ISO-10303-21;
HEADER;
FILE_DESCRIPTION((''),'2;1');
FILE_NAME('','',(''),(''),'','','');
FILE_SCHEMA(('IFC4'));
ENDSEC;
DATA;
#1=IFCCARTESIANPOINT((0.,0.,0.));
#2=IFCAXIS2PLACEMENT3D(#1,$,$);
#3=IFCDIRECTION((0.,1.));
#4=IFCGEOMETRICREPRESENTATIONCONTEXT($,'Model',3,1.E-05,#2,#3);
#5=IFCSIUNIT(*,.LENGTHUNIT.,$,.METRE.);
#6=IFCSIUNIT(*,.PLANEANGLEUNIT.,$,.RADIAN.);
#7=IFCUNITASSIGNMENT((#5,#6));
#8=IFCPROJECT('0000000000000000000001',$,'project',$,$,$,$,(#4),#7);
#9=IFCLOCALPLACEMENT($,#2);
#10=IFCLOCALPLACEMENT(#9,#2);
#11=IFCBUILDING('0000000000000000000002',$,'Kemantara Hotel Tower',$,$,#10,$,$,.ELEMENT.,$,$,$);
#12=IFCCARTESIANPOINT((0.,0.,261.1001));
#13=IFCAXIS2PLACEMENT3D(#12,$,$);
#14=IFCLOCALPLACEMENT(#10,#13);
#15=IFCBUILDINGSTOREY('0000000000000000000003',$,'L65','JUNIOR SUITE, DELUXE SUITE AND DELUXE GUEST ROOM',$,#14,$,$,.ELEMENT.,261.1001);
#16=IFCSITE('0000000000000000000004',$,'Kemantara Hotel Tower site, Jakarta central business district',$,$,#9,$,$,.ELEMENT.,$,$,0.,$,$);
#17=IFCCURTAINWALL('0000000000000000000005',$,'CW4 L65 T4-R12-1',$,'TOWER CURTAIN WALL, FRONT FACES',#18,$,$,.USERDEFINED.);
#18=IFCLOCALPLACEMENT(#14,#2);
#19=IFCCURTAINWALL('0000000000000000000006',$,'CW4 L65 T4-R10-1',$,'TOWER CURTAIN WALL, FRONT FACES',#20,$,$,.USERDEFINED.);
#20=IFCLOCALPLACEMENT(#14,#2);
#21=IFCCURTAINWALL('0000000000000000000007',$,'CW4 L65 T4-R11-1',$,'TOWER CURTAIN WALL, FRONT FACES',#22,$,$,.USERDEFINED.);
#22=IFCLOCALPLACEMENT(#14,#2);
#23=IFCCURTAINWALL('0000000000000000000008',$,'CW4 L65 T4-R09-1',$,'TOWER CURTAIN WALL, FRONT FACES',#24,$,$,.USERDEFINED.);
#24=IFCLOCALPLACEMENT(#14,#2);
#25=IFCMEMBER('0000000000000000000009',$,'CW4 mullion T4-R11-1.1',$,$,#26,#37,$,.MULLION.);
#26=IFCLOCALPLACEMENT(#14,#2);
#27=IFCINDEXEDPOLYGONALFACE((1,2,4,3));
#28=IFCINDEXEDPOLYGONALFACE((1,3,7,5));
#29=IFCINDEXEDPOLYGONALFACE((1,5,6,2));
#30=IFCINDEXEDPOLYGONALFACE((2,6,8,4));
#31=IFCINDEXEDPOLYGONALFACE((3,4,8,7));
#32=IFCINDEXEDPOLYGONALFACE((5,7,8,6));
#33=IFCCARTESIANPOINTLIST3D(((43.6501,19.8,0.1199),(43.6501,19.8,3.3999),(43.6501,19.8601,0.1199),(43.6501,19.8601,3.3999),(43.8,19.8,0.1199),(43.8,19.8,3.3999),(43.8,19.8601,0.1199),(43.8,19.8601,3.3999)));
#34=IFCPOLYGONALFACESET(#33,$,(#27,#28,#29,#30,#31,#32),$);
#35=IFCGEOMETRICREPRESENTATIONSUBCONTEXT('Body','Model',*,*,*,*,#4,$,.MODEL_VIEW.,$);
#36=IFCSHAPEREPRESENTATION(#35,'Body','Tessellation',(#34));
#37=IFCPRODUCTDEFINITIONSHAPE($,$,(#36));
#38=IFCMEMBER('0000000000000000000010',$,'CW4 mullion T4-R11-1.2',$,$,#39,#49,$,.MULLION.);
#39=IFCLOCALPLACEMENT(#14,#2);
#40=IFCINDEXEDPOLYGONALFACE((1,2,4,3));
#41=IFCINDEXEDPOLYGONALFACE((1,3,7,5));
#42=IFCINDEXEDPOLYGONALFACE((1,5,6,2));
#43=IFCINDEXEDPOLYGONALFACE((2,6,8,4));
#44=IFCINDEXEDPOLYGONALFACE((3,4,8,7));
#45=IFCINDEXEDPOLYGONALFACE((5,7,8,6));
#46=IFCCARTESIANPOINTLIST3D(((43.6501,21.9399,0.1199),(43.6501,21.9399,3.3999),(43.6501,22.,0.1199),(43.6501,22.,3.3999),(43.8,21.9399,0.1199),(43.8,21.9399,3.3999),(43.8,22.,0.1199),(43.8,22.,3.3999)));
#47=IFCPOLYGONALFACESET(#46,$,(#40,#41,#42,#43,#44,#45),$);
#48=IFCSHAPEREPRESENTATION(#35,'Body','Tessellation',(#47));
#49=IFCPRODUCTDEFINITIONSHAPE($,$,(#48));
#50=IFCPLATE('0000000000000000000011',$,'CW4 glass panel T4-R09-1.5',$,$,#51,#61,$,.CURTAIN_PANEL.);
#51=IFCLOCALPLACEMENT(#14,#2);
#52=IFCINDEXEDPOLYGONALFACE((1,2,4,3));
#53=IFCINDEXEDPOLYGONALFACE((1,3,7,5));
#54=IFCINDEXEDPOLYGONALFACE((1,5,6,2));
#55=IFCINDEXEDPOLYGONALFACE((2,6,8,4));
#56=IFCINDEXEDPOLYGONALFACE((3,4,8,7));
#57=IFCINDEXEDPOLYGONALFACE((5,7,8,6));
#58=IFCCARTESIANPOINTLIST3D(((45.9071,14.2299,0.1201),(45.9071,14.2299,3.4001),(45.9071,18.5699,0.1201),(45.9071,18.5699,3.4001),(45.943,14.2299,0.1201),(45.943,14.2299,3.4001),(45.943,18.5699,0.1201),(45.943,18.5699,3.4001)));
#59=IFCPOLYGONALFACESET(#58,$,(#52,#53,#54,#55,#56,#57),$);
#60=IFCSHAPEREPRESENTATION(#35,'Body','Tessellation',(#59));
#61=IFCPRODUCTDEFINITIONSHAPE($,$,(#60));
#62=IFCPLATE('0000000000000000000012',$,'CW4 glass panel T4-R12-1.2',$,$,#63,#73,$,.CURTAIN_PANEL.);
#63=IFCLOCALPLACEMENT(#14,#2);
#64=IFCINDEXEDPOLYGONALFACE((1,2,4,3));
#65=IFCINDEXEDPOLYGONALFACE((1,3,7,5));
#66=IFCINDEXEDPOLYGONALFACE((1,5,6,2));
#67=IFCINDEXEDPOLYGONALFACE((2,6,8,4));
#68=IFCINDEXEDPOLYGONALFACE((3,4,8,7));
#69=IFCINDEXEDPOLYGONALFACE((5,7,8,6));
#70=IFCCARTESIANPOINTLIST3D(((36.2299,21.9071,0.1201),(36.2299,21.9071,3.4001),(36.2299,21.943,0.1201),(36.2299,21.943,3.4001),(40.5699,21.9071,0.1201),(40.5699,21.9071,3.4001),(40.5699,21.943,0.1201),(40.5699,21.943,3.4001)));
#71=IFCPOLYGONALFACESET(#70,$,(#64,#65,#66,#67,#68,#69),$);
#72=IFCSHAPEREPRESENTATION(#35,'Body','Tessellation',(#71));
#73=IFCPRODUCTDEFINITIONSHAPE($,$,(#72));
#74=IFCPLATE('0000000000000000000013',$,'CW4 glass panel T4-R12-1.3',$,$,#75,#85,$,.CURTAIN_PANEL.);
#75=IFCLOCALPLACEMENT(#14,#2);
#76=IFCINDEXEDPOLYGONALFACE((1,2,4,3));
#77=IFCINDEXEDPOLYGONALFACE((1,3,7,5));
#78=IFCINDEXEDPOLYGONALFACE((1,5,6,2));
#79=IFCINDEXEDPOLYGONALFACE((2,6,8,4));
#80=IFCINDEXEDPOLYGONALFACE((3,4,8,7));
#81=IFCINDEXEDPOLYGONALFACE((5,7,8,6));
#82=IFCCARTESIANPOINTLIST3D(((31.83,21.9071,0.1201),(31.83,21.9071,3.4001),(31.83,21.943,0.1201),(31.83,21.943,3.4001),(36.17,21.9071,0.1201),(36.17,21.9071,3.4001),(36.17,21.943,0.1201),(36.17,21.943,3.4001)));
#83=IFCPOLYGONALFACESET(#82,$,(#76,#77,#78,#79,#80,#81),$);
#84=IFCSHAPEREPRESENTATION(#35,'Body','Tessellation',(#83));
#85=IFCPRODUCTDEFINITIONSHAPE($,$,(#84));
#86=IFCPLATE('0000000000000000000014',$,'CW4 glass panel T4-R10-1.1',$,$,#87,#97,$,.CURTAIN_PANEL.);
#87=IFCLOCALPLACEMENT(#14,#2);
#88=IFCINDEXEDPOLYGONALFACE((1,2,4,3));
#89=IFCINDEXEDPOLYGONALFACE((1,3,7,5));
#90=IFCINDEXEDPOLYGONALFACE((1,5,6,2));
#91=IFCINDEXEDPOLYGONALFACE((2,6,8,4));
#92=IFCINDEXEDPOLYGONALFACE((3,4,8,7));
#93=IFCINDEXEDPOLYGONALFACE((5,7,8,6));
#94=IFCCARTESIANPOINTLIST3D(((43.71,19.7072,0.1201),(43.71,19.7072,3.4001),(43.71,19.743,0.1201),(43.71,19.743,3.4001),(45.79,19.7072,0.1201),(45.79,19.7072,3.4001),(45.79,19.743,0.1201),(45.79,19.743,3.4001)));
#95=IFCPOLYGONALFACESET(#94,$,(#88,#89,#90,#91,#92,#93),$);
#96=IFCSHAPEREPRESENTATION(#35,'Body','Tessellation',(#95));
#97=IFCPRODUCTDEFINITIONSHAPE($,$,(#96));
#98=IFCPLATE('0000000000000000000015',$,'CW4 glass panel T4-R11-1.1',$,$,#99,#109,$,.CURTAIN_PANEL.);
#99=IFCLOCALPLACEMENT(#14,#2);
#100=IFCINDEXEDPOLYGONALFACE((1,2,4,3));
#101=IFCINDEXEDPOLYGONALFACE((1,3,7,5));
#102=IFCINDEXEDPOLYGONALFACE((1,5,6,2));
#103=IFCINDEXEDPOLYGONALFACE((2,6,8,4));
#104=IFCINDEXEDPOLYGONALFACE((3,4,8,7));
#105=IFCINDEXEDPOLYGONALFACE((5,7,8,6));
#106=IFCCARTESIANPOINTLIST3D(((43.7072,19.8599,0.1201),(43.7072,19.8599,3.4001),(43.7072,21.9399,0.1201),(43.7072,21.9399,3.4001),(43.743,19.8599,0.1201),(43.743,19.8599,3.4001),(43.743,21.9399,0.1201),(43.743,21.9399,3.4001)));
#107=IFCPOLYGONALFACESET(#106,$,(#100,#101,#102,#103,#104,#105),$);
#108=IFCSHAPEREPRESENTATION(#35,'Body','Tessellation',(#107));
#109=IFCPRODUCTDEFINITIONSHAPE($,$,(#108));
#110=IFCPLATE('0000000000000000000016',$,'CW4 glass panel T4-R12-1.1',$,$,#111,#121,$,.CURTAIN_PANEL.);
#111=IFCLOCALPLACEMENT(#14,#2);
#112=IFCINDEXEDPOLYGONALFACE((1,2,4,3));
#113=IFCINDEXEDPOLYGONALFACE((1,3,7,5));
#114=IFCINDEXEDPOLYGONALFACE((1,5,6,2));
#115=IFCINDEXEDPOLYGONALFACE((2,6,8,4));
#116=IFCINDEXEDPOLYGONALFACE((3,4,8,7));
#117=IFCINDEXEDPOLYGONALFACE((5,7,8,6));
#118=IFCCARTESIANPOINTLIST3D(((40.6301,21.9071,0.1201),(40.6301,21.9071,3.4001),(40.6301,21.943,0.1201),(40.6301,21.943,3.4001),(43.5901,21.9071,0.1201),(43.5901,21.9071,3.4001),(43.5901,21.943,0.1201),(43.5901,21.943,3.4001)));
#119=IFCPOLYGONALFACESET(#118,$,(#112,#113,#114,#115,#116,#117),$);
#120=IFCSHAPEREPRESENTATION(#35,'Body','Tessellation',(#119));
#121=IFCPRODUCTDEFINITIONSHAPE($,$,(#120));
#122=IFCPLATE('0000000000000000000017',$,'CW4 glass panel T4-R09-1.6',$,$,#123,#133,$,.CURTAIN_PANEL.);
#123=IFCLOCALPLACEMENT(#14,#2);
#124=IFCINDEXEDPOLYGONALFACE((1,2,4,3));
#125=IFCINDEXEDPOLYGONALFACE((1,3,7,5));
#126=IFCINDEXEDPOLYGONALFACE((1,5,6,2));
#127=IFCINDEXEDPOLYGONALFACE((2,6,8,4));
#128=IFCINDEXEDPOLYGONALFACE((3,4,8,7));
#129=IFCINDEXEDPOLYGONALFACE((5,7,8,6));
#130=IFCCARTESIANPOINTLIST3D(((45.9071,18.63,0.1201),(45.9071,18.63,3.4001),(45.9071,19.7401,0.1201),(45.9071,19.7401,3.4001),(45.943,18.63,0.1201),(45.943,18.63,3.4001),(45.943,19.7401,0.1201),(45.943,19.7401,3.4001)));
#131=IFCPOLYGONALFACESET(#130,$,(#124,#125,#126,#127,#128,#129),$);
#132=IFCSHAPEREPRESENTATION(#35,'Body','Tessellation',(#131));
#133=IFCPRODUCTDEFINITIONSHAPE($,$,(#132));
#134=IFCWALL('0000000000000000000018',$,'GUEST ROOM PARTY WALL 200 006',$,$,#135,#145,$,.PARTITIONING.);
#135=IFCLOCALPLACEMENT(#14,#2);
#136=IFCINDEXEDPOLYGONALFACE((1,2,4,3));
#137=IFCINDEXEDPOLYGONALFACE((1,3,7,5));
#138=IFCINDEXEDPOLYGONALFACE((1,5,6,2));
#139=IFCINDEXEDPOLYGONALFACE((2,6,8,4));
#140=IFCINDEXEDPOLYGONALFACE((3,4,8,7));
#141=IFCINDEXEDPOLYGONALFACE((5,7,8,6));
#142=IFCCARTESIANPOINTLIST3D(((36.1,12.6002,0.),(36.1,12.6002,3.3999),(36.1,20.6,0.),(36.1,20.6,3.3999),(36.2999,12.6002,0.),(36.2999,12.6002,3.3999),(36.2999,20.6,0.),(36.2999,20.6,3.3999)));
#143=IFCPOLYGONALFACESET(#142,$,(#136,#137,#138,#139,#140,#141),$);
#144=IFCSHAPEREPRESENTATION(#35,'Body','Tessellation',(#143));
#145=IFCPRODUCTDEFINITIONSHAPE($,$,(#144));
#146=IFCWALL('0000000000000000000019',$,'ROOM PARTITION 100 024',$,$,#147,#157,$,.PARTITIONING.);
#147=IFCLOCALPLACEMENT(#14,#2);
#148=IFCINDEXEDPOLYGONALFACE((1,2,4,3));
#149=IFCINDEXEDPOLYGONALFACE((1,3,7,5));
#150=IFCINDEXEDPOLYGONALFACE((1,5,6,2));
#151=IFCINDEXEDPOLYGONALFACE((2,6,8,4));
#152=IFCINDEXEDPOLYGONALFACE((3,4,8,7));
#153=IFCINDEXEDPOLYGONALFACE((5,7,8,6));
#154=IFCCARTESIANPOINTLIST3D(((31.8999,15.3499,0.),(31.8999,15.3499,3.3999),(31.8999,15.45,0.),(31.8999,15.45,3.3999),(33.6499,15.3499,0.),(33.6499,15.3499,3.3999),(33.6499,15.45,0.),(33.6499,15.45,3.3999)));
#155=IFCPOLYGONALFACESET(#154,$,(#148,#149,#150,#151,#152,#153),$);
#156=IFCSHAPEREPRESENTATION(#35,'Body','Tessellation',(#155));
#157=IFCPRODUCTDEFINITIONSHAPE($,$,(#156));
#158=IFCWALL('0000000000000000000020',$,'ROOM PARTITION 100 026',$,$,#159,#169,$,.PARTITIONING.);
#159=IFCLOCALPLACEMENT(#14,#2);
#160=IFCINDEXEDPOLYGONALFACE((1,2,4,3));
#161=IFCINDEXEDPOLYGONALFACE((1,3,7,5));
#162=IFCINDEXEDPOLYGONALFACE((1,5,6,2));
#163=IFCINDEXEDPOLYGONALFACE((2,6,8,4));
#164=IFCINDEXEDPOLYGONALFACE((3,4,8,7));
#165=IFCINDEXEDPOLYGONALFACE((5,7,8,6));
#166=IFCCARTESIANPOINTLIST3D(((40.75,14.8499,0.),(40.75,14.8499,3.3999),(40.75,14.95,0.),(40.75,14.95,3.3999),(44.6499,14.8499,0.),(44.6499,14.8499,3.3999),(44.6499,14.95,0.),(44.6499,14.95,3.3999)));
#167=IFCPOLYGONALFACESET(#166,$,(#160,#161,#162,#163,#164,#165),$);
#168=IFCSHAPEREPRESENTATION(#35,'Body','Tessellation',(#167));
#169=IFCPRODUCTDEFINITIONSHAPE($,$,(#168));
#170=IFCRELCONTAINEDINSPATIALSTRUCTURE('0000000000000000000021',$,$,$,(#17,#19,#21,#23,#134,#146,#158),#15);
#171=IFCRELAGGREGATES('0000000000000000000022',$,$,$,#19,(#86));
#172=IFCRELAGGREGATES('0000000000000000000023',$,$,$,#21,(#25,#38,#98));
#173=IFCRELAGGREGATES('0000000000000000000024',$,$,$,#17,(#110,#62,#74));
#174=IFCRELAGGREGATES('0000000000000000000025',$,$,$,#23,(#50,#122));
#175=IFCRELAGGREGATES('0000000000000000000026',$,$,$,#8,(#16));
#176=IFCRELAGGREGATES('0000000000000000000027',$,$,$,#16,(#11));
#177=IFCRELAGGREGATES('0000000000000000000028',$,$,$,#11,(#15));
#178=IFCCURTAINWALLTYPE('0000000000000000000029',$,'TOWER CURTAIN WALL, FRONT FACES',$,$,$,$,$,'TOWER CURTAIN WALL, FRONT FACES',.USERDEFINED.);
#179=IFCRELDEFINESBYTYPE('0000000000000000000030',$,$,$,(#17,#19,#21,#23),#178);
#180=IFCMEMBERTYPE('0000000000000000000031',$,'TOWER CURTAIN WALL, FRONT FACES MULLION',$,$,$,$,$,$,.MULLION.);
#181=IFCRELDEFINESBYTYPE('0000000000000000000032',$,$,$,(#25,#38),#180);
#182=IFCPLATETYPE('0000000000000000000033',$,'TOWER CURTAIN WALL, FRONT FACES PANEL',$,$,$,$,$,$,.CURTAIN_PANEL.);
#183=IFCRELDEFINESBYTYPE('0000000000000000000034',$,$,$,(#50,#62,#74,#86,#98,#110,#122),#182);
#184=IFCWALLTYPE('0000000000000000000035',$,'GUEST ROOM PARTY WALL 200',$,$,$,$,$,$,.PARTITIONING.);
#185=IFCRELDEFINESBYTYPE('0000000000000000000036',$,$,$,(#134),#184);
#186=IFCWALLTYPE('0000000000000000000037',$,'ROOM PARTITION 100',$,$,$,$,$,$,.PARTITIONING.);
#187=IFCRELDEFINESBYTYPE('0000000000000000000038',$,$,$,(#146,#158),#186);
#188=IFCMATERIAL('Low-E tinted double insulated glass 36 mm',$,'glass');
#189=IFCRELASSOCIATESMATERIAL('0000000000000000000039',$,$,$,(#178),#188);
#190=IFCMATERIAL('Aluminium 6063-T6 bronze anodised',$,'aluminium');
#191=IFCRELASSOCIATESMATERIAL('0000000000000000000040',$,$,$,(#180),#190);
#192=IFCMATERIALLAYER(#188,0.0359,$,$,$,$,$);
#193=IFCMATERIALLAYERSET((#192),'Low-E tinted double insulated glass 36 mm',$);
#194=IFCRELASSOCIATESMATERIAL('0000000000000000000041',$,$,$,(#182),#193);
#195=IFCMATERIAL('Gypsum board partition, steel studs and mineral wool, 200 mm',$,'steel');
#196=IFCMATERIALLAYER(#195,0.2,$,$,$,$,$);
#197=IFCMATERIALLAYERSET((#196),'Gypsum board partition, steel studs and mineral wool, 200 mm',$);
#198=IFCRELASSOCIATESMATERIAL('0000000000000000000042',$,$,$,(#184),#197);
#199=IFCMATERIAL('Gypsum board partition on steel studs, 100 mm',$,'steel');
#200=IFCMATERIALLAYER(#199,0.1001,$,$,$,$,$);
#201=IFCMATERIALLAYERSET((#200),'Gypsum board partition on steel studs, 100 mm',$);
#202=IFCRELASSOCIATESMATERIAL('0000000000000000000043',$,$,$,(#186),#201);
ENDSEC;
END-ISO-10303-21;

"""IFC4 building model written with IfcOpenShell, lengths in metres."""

from ifc_helpers import new_model, si_unit, direction, frame, frame_2d, origin, origin_2d, place, context, subcontext, project, spatial, rectangle, extrude, source, transform, mapped, material, layer, layer_set, material_profile, profile_set, type_object, element, aggregate, save


model = new_model("IFC4")

# Units and contexts
model_context = context("Model", 3, precision=1e-05, world=origin(), true_north=direction((0.0, 1.0)))
body_context = subcontext(model_context, "Body", "Model", "MODEL_VIEW")
ifc_project = project(units=[si_unit("LENGTHUNIT", "METRE"), si_unit("PLANEANGLEUNIT", "RADIAN")], contexts=[model_context])

# Site, building, storey
site_placement = place(None, origin())
site = spatial("IfcSite", under=ifc_project, at=site_placement, Name="Kemantara Hotel Tower site, Jakarta central business district", CompositionType="ELEMENT", RefElevation=0.0)
building_placement = place(site_placement, origin())
building = spatial("IfcBuilding", under=site, at=building_placement, Name="Kemantara Hotel Tower", CompositionType="ELEMENT")
storey_placement = place(building_placement, frame((0.0, 0.0, 261.1001)))
storey = spatial("IfcBuildingStorey", under=building, at=storey_placement, Name="L65", Description="JUNIOR SUITE, DELUXE SUITE AND DELUXE GUEST ROOM", CompositionType="ELEMENT", Elevation=261.1001)

# Curtain walls
ifc_material_1 = material(Name="Low-E tinted double insulated glass 36 mm", Category="glass")
curtain_wall_type = type_object("IfcCurtainWallType", Name="TOWER CURTAIN WALL, FRONT FACES", ElementType="TOWER CURTAIN WALL, FRONT FACES", PredefinedType="USERDEFINED", material=ifc_material_1)
curtain_wall_1_placement = place(storey_placement, origin())
curtain_wall_1 = element("IfcCurtainWall", 1, at=curtain_wall_1_placement, inside=storey, type_object=curtain_wall_type, Name="CW4 L65 T4-R12-1", ObjectType="TOWER CURTAIN WALL, FRONT FACES", PredefinedType="USERDEFINED")
ifc_material_2 = material(Name="Aluminium 6063-T6 bronze anodised", Category="aluminium")
curtain_wall_2_placement = place(storey_placement, origin())
curtain_wall_2 = element("IfcCurtainWall", 2, at=curtain_wall_2_placement, inside=storey, type_object=curtain_wall_type, Name="CW4 L65 T4-R10-1", ObjectType="TOWER CURTAIN WALL, FRONT FACES", PredefinedType="USERDEFINED")
curtain_wall_3_placement = place(storey_placement, origin())
curtain_wall_3 = element("IfcCurtainWall", 3, at=curtain_wall_3_placement, inside=storey, type_object=curtain_wall_type, Name="CW4 L65 T4-R11-1", ObjectType="TOWER CURTAIN WALL, FRONT FACES", PredefinedType="USERDEFINED")

# Curtain wall
curtain_wall_4_placement = place(storey_placement, origin())
curtain_wall_4 = element("IfcCurtainWall", 4, at=curtain_wall_4_placement, inside=storey, type_object=curtain_wall_type, Name="CW4 L65 T4-R09-1", ObjectType="TOWER CURTAIN WALL, FRONT FACES", PredefinedType="USERDEFINED")
ifc_material_profile_1 = material_profile(ifc_material_2, rectangle(XDim=0.1499, YDim=0.0601, at=origin_2d()), Name="TOWER CURTAIN WALL, FRONT FACES MULLION")
ifc_profile_set_1 = profile_set([ifc_material_profile_1], Name="Aluminium 6063-T6 bronze anodised")
member_type_1 = type_object("IfcMemberType", Name="TOWER CURTAIN WALL, FRONT FACES MULLION", PredefinedType="MULLION", material=ifc_profile_set_1)
shared_shape_1 = source(origin(), body_context, "Body", "SweptSolid", [
    extrude(rectangle(XDim=0.1499, YDim=0.0601, at=origin_2d()), origin(), (0.0, 0.0, 1.0), 3.28),
])

# Members
member_1_placement = place(storey_placement, frame((43.7251, 19.8301, 0.1199), z_axis=(0.0, 0.0, 1.0), x_axis=(-1.0, 0.0, 0.0)))
member_1 = element("IfcMember", 5, at=member_1_placement, type_object=member_type_1, Name="CW4 mullion T4-R11-1.1", PredefinedType="MULLION", context=body_context, shape_type="MappedRepresentation", body=[
    mapped(shared_shape_1, transform((0.0, 0.0, 0.0))),
])
member_2_placement = place(storey_placement, frame((43.7251, 21.97, 0.1199), z_axis=(0.0, 0.0, 1.0), x_axis=(-1.0, 0.0, 0.0)))
member_2 = element("IfcMember", 6, at=member_2_placement, type_object=member_type_1, Name="CW4 mullion T4-R11-1.2", PredefinedType="MULLION", context=body_context, shape_type="MappedRepresentation", body=[
    mapped(shared_shape_1, transform((0.0, 0.0, 0.0))),
])

# Plates
ifc_layer_1 = layer(ifc_material_1, 0.0359)
ifc_layer_set_1 = layer_set([ifc_layer_1], Name="Low-E tinted double insulated glass 36 mm")
plate_type = type_object("IfcPlateType", Name="TOWER CURTAIN WALL, FRONT FACES PANEL", PredefinedType="CURTAIN_PANEL", material=ifc_layer_set_1)
shared_shape_2 = source(origin(), body_context, "Body", "SweptSolid", [
    extrude(rectangle(XDim=4.3401, YDim=0.0359, at=origin_2d()), origin(), (0.0, 0.0, 1.0), 3.28),
])
plate_1_placement = place(storey_placement, frame((45.925, 16.3999, 0.1201), z_axis=(0.0, 0.0, 1.0), x_axis=(0.0, 1.0, 0.0)))
plate_1 = element("IfcPlate", 7, at=plate_1_placement, type_object=plate_type, Name="CW4 glass panel T4-R09-1.5", PredefinedType="CURTAIN_PANEL", context=body_context, shape_type="MappedRepresentation", body=[
    mapped(shared_shape_2, transform((0.0, 0.0, 0.0))),
])
plate_2_placement = place(storey_placement, frame((38.3999, 21.925, 0.1201), z_axis=(0.0, 0.0, 1.0), x_axis=(-1.0, 0.0, 0.0)))
plate_2 = element("IfcPlate", 8, at=plate_2_placement, type_object=plate_type, Name="CW4 glass panel T4-R12-1.2", PredefinedType="CURTAIN_PANEL", context=body_context, shape_type="MappedRepresentation", body=[
    mapped(shared_shape_2, transform((0.0, 0.0, 0.0))),
])
plate_3_placement = place(storey_placement, frame((34.0, 21.925, 0.1201), z_axis=(0.0, 0.0, 1.0), x_axis=(-1.0, 0.0, 0.0)))
plate_3 = element("IfcPlate", 9, at=plate_3_placement, type_object=plate_type, Name="CW4 glass panel T4-R12-1.3", PredefinedType="CURTAIN_PANEL", context=body_context, shape_type="MappedRepresentation", body=[
    mapped(shared_shape_2, transform((0.0, 0.0, 0.0))),
])
shared_shape_3 = source(origin(), body_context, "Body", "SweptSolid", [
    extrude(rectangle(XDim=2.0801, YDim=0.0359, at=origin_2d()), origin(), (0.0, 0.0, 1.0), 3.28),
])
plate_4_placement = place(storey_placement, frame((44.75, 19.7251, 0.1201), z_axis=(0.0, 0.0, 1.0), x_axis=(-1.0, 0.0, 0.0)))
plate_4 = element("IfcPlate", 10, at=plate_4_placement, type_object=plate_type, Name="CW4 glass panel T4-R10-1.1", PredefinedType="CURTAIN_PANEL", context=body_context, shape_type="MappedRepresentation", body=[
    mapped(shared_shape_3, transform((0.0, 0.0, 0.0))),
])
aggregate(curtain_wall_2, [plate_4])
plate_5_placement = place(storey_placement, frame((43.7251, 20.8999, 0.1201), z_axis=(0.0, 0.0, 1.0), x_axis=(0.0, 1.0, 0.0)))
plate_5 = element("IfcPlate", 11, at=plate_5_placement, type_object=plate_type, Name="CW4 glass panel T4-R11-1.1", PredefinedType="CURTAIN_PANEL", context=body_context, shape_type="MappedRepresentation", body=[
    mapped(shared_shape_3, transform((0.0, 0.0, 0.0))),
])
aggregate(curtain_wall_3, [member_1, member_2, plate_5])
shared_shape_4 = source(origin(), body_context, "Body", "SweptSolid", [
    extrude(rectangle(XDim=2.96, YDim=0.0359, at=origin_2d()), origin(), (0.0, 0.0, 1.0), 3.28),
])
plate_6_placement = place(storey_placement, frame((42.1101, 21.925, 0.1201), z_axis=(0.0, 0.0, 1.0), x_axis=(-1.0, 0.0, 0.0)))
plate_6 = element("IfcPlate", 12, at=plate_6_placement, type_object=plate_type, Name="CW4 glass panel T4-R12-1.1", PredefinedType="CURTAIN_PANEL", context=body_context, shape_type="MappedRepresentation", body=[
    mapped(shared_shape_4, transform((0.0, 0.0, 0.0))),
])
aggregate(curtain_wall_1, [plate_6, plate_2, plate_3])
shared_shape_5 = source(origin(), body_context, "Body", "SweptSolid", [
    extrude(rectangle(XDim=1.1101, YDim=0.0359, at=origin_2d()), origin(), (0.0, 0.0, 1.0), 3.28),
])
plate_7_placement = place(storey_placement, frame((45.925, 19.1851, 0.1201), z_axis=(0.0, 0.0, 1.0), x_axis=(0.0, 1.0, 0.0)))
plate_7 = element("IfcPlate", 13, at=plate_7_placement, type_object=plate_type, Name="CW4 glass panel T4-R09-1.6", PredefinedType="CURTAIN_PANEL", context=body_context, shape_type="MappedRepresentation", body=[
    mapped(shared_shape_5, transform((0.0, 0.0, 0.0))),
])
aggregate(curtain_wall_4, [plate_1, plate_7])

# Walls
ifc_material_3 = material(Name="Gypsum board partition, steel studs and mineral wool, 200 mm", Category="steel")
ifc_layer_2 = layer(ifc_material_3, 0.2)
ifc_layer_set_2 = layer_set([ifc_layer_2], Name="Gypsum board partition, steel studs and mineral wool, 200 mm")
wall_type_1 = type_object("IfcWallType", Name="GUEST ROOM PARTY WALL 200", PredefinedType="PARTITIONING", material=ifc_layer_set_2)
wall_1_placement = place(storey_placement, frame((36.2, 12.6001, 0.0), z_axis=(0.0, 0.0, 1.0), x_axis=(0.0, 1.0, 0.0)))
element("IfcWall", 14, at=wall_1_placement, inside=storey, type_object=wall_type_1, Name="GUEST ROOM PARTY WALL 200 006", PredefinedType="PARTITIONING", context=body_context, shape_type="SweptSolid", body=[
    extrude(rectangle(XDim=7.9998, YDim=0.2, at=frame_2d((4.0, 0.0))), origin(), (0.0, 0.0, 1.0), 3.3999),
])
ifc_material_4 = material(Name="Gypsum board partition on steel studs, 100 mm", Category="steel")
ifc_layer_3 = layer(ifc_material_4, 0.1001)
ifc_layer_set_3 = layer_set([ifc_layer_3], Name="Gypsum board partition on steel studs, 100 mm")
wall_type_2 = type_object("IfcWallType", Name="ROOM PARTITION 100", PredefinedType="PARTITIONING", material=ifc_layer_set_3)
wall_2_placement = place(storey_placement, frame((31.8999, 15.3999, 0.0), z_axis=(0.0, 0.0, 1.0), x_axis=(1.0, 0.0, 0.0)))
element("IfcWall", 15, at=wall_2_placement, inside=storey, type_object=wall_type_2, Name="ROOM PARTITION 100 024", PredefinedType="PARTITIONING", context=body_context, shape_type="SweptSolid", body=[
    extrude(rectangle(XDim=1.75, YDim=0.1001, at=frame_2d((0.875, 0.0))), origin(), (0.0, 0.0, 1.0), 3.3999),
])
wall_3_placement = place(storey_placement, frame((40.75, 14.8999, 0.0), z_axis=(0.0, 0.0, 1.0), x_axis=(1.0, 0.0, 0.0)))
element("IfcWall", 16, at=wall_3_placement, inside=storey, type_object=wall_type_2, Name="ROOM PARTITION 100 026", PredefinedType="PARTITIONING", context=body_context, shape_type="SweptSolid", body=[
    extrude(rectangle(XDim=3.8999, YDim=0.1001, at=frame_2d((1.95, 0.0))), origin(), (0.0, 0.0, 1.0), 3.3999),
])

save(model, "model.ifc")
